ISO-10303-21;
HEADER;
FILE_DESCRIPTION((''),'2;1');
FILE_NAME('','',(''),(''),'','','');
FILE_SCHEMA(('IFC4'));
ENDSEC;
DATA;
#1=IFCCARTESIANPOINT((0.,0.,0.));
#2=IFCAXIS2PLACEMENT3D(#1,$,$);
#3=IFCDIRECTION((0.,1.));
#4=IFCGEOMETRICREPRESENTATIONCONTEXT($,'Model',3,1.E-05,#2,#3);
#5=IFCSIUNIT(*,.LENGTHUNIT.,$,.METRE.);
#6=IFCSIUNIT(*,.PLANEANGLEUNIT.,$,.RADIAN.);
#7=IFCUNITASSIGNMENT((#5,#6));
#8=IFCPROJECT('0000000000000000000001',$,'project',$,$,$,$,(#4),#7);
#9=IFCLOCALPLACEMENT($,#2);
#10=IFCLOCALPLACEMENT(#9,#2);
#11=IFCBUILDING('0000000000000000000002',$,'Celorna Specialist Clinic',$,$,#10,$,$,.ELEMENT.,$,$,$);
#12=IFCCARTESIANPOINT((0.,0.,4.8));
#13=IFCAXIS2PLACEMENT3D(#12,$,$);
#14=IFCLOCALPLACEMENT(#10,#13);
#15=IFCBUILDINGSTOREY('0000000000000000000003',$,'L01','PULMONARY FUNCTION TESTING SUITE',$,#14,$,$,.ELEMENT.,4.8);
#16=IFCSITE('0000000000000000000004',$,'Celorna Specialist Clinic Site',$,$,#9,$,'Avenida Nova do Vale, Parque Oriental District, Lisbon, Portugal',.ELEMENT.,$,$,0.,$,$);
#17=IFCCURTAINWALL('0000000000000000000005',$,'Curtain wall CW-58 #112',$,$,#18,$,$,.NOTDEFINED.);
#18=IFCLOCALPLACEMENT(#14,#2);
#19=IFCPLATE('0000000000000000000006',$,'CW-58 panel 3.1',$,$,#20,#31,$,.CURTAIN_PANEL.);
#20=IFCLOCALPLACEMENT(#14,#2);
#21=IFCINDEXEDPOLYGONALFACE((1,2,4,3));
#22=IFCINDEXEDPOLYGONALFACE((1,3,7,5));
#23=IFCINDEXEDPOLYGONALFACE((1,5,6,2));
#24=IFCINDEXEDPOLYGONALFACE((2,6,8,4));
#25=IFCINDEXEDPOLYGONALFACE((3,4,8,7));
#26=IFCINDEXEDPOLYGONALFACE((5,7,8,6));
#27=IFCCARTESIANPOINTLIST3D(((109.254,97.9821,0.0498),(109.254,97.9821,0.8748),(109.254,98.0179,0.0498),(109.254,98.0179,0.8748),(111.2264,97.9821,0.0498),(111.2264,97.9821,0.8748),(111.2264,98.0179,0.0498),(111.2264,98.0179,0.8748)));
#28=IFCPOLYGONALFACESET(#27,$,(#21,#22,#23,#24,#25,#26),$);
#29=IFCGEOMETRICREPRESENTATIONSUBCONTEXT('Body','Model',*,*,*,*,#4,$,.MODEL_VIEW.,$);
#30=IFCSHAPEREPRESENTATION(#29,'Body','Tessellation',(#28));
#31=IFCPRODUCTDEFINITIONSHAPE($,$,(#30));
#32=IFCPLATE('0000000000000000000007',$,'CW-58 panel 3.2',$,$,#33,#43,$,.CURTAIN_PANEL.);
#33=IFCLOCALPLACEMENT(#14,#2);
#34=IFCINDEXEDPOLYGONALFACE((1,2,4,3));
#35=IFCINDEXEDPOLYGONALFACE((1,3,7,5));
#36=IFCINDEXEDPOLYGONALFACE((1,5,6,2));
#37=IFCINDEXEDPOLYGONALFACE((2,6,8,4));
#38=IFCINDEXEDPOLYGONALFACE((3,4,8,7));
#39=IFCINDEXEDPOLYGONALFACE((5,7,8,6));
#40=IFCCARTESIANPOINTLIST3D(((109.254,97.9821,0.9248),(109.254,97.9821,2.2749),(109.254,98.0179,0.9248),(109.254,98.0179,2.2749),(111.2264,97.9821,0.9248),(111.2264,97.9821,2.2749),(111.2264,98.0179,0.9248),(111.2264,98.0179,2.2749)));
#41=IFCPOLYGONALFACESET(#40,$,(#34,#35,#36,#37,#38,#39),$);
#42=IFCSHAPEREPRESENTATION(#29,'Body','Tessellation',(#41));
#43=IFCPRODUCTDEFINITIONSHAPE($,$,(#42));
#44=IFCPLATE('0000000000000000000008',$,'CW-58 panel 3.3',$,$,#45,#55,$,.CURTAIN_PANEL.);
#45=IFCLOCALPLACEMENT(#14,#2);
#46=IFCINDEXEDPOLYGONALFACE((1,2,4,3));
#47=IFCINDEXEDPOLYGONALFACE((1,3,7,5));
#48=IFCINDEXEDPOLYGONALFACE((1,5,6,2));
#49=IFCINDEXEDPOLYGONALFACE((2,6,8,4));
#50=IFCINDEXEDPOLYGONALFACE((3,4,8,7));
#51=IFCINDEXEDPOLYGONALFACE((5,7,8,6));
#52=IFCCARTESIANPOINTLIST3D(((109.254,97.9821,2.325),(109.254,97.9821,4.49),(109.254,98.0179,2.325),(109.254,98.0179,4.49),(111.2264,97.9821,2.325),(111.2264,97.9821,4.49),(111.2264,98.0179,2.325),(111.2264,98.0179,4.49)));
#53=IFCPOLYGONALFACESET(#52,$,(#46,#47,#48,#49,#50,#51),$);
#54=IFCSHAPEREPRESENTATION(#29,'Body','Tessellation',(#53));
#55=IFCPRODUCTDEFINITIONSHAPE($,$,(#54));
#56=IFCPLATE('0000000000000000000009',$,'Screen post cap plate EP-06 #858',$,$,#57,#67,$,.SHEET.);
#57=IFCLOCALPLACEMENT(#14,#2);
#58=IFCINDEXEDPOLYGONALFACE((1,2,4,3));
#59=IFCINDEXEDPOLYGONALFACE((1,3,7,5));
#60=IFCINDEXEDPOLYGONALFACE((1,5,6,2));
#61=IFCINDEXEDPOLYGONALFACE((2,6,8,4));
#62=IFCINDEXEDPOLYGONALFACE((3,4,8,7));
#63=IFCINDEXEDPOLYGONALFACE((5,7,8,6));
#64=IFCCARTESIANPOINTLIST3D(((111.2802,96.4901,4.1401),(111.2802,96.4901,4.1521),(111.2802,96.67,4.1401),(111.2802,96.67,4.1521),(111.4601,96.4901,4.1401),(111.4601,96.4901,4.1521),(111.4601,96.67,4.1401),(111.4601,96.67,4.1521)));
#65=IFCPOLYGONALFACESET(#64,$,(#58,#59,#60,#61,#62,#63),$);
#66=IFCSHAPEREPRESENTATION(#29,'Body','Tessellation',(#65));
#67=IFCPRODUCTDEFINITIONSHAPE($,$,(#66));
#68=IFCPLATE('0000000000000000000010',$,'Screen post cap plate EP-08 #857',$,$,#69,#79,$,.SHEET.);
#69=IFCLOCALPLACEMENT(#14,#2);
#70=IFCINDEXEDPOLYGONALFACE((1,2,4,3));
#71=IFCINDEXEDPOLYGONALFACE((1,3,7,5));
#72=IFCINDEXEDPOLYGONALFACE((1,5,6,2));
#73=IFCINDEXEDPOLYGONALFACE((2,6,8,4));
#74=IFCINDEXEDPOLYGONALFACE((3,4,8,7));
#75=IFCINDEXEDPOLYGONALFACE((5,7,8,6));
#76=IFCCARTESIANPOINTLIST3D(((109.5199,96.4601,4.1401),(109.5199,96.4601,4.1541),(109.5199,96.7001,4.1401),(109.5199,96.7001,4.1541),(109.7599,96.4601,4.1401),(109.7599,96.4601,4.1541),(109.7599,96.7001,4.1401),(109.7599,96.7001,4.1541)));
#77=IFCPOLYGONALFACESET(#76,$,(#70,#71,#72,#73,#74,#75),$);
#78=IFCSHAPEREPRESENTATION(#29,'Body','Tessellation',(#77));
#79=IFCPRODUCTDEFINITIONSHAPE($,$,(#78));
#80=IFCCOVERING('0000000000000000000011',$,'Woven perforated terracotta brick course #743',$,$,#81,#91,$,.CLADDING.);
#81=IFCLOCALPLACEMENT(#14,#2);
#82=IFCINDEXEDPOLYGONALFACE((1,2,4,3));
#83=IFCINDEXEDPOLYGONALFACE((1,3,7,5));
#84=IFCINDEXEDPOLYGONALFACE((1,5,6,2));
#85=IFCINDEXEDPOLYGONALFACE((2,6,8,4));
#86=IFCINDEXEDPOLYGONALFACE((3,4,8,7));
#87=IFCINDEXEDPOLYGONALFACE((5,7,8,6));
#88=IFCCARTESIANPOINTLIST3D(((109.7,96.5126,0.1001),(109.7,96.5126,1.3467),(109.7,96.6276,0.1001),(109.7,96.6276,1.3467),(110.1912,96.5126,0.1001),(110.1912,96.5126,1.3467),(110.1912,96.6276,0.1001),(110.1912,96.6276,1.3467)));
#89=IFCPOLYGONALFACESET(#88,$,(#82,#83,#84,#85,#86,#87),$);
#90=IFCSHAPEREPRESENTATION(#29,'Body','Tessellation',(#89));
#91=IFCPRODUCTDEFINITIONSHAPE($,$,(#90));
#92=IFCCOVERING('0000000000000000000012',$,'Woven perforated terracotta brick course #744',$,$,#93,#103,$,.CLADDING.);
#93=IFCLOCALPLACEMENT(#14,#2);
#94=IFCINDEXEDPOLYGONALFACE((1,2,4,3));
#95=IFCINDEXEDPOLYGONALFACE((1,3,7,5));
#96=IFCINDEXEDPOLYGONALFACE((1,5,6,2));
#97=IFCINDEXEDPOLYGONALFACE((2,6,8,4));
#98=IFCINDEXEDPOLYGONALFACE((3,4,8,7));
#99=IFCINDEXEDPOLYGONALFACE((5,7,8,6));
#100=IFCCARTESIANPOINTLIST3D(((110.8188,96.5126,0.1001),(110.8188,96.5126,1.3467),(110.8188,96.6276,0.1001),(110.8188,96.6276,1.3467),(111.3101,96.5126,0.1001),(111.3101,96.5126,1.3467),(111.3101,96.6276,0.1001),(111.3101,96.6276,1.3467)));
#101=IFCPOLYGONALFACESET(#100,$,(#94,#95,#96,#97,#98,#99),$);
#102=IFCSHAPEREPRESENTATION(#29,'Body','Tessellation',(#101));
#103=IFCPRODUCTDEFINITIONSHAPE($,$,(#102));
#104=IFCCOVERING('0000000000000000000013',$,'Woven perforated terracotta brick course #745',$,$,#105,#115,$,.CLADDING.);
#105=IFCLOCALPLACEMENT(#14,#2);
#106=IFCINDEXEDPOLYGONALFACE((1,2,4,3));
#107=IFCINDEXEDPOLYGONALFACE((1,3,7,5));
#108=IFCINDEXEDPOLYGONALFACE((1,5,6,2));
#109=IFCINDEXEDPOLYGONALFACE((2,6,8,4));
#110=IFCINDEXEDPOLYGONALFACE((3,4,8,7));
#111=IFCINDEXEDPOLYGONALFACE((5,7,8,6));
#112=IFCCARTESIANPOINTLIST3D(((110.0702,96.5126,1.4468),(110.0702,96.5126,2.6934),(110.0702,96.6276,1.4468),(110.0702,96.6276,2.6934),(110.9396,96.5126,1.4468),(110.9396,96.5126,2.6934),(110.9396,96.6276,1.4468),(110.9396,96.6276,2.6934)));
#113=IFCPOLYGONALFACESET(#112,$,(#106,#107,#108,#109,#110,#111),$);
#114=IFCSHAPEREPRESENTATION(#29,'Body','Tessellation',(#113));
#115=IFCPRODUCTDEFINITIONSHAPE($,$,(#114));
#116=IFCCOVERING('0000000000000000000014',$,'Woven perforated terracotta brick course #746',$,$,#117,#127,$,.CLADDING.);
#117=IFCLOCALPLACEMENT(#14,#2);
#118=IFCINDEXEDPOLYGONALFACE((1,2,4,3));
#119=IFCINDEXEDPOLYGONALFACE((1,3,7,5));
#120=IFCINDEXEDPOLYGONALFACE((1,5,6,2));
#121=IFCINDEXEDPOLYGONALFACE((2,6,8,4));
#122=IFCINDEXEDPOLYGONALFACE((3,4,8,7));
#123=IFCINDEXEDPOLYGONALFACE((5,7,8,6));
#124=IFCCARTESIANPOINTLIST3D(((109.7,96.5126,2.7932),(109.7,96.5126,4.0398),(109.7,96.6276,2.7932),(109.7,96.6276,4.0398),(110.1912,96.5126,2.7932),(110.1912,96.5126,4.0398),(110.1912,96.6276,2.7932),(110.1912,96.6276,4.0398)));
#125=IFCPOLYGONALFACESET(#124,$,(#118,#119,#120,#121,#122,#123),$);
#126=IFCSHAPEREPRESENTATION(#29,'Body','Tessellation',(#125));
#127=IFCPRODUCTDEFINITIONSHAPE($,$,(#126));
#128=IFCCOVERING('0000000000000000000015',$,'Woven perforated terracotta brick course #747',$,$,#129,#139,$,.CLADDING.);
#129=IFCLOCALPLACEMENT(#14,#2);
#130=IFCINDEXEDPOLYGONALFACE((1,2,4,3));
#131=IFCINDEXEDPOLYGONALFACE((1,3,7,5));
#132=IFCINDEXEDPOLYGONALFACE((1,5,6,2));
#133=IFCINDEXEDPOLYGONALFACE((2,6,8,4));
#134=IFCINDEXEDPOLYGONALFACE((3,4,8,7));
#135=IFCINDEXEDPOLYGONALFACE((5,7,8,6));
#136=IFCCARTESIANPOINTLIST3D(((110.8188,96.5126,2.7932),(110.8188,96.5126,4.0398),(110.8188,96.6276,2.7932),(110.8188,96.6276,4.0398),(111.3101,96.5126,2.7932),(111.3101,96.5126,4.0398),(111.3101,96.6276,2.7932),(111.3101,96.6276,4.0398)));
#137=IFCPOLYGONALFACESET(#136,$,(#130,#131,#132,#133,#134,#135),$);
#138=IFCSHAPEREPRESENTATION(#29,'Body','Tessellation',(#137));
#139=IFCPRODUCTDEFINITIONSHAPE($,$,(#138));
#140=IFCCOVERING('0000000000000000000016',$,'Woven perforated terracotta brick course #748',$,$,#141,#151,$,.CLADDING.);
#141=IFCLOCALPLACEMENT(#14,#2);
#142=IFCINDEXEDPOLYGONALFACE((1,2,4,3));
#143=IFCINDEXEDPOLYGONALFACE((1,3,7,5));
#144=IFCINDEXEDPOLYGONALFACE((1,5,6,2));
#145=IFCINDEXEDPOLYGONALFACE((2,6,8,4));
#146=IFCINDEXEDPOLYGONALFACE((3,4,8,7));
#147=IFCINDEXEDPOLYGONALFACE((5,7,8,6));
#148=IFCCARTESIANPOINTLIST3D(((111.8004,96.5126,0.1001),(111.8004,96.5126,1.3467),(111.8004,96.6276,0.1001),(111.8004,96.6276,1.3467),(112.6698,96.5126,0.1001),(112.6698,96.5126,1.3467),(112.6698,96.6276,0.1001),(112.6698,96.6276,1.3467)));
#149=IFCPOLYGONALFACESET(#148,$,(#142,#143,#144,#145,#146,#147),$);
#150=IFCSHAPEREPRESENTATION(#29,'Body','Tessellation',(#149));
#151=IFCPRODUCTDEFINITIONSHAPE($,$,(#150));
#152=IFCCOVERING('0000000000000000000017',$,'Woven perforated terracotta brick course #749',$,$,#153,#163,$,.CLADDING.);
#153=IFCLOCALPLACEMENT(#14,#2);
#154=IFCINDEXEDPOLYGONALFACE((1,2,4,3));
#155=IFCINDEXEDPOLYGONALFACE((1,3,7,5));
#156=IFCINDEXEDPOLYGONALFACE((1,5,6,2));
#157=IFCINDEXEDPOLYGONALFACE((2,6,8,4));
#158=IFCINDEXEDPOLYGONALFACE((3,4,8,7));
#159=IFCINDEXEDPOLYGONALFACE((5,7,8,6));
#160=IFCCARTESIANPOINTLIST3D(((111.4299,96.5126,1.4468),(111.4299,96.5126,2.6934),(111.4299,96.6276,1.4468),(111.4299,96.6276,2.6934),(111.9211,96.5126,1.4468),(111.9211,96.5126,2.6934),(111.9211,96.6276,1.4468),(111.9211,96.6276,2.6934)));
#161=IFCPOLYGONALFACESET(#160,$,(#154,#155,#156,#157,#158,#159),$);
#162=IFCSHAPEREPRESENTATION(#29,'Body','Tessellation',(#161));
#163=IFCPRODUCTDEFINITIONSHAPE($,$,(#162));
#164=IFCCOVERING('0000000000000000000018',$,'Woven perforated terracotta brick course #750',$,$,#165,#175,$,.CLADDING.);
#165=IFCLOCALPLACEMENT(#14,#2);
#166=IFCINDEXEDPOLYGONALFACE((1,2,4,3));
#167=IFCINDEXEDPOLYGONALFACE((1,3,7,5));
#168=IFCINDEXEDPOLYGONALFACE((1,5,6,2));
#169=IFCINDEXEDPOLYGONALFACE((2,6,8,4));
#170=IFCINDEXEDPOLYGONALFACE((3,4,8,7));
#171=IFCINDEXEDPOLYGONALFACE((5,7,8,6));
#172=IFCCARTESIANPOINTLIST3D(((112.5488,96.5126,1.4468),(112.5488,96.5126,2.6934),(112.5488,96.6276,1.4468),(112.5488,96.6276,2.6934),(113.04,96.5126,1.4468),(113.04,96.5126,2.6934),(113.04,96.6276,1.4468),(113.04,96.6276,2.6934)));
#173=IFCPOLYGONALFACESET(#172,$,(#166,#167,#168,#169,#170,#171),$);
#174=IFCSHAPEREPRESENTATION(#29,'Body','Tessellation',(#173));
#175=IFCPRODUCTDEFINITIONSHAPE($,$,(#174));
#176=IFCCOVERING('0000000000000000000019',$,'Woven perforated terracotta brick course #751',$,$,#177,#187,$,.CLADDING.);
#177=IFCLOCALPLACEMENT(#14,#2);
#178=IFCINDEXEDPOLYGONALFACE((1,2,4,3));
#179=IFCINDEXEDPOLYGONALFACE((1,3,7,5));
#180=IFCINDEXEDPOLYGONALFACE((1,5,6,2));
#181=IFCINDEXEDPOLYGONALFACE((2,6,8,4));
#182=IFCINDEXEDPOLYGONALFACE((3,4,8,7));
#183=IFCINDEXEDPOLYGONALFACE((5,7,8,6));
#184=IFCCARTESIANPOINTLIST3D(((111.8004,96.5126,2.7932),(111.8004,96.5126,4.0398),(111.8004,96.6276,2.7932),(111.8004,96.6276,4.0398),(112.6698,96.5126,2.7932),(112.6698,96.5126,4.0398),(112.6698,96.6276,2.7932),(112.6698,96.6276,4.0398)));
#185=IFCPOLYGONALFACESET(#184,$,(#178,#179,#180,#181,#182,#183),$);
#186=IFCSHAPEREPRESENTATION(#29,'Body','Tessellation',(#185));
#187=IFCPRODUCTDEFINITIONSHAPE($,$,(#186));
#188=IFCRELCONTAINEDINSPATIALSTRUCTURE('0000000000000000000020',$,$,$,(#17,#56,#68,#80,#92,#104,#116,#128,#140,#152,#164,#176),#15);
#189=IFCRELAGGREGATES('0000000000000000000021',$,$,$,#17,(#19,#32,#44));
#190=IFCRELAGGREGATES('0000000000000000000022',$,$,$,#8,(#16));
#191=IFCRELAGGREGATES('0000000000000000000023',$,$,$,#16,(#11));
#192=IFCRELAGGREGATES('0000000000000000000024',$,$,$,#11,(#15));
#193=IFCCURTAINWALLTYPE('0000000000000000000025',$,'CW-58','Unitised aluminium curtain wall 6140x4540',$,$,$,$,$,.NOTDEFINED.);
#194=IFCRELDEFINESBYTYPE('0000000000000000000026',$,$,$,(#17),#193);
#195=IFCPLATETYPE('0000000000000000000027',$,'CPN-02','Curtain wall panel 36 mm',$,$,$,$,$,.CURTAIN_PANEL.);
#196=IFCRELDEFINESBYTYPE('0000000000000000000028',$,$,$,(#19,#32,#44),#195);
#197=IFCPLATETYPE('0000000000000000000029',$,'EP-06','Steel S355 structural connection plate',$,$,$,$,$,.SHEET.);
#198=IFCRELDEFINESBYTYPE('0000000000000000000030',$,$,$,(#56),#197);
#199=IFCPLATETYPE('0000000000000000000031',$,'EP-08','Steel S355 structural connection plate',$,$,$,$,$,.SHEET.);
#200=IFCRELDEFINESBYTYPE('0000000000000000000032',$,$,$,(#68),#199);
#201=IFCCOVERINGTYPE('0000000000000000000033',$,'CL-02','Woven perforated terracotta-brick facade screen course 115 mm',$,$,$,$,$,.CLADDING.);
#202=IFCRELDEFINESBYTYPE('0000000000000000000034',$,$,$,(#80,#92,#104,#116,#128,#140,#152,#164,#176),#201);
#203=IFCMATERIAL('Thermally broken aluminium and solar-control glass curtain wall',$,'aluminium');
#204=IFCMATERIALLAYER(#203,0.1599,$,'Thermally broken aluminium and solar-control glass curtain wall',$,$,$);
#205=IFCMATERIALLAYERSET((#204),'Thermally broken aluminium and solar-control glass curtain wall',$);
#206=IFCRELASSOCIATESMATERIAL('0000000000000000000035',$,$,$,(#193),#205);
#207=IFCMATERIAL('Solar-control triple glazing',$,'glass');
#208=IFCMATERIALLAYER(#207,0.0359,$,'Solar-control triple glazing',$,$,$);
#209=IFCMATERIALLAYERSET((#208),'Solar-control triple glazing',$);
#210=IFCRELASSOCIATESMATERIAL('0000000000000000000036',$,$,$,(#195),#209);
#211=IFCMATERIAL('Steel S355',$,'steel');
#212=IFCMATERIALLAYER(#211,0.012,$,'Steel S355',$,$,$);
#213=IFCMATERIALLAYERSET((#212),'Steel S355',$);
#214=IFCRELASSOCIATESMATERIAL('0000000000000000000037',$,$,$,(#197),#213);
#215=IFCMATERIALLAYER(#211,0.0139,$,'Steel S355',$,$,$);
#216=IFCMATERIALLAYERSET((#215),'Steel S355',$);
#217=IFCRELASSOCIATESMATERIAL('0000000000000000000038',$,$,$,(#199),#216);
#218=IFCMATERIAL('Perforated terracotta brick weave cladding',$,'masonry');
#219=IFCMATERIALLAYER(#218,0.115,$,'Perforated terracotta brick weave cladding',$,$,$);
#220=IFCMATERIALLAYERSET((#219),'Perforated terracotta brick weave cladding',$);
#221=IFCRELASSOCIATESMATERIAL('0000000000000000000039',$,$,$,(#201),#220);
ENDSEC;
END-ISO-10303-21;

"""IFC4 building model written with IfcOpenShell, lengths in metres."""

from ifc_helpers import new_model, si_unit, direction, frame, origin, origin_2d, place, context, subcontext, project, spatial, rectangle, extrude, material, layer, layer_set, type_object, element, aggregate, save


model = new_model("IFC4")

# Units and contexts
model_context = context("Model", 3, precision=1e-05, world=origin(), true_north=direction((0.0, 1.0)))
body_context = subcontext(model_context, "Body", "Model", "MODEL_VIEW")
ifc_project = project(units=[si_unit("LENGTHUNIT", "METRE"), si_unit("PLANEANGLEUNIT", "RADIAN")], contexts=[model_context])

# Site, building, storey
site_placement = place(None, origin())
site = spatial("IfcSite", under=ifc_project, at=site_placement, Name="Celorna Specialist Clinic Site", LongName="Avenida Nova do Vale, Parque Oriental District, Lisbon, Portugal", CompositionType="ELEMENT", RefElevation=0.0)
building_placement = place(site_placement, origin())
building = spatial("IfcBuilding", under=site, at=building_placement, Name="Celorna Specialist Clinic", CompositionType="ELEMENT")
storey_placement = place(building_placement, frame((0.0, 0.0, 4.8)))
storey = spatial("IfcBuildingStorey", under=building, at=storey_placement, Name="L01", Description="PULMONARY FUNCTION TESTING SUITE", CompositionType="ELEMENT", Elevation=4.8)

# Shared definitions
ifc_material_1 = material(Name="Steel S355", Category="steel")

# Shared definitions
ifc_material_2 = material(Name="Thermally broken aluminium and solar-control glass curtain wall", Category="aluminium")

# Curtain wall
ifc_layer_1 = layer(ifc_material_2, 0.1599, Name="Thermally broken aluminium and solar-control glass curtain wall")
ifc_layer_set_1 = layer_set([ifc_layer_1], Name="Thermally broken aluminium and solar-control glass curtain wall")
curtain_wall_type_1 = type_object("IfcCurtainWallType", Name="CW-58", Description="Unitised aluminium curtain wall 6140x4540", PredefinedType="NOTDEFINED", material=ifc_layer_set_1)
curtain_wall_1_placement = place(storey_placement, origin())
curtain_wall_1 = element("IfcCurtainWall", 1, at=curtain_wall_1_placement, inside=storey, type_object=curtain_wall_type_1, Name="Curtain wall CW-58 #112", PredefinedType="NOTDEFINED")

# Plates
ifc_material_3 = material(Name="Solar-control triple glazing", Category="glass")
ifc_layer_2 = layer(ifc_material_3, 0.0359, Name="Solar-control triple glazing")
ifc_layer_set_2 = layer_set([ifc_layer_2], Name="Solar-control triple glazing")
plate_type_1 = type_object("IfcPlateType", Name="CPN-02", Description="Curtain wall panel 36 mm", PredefinedType="CURTAIN_PANEL", material=ifc_layer_set_2)
plate_1_placement = place(storey_placement, frame((110.2402, 98.0, 0.0498), z_axis=(0.0, 0.0, 1.0), x_axis=(-1.0, 0.0, 0.0)))
plate_1 = element("IfcPlate", 2, at=plate_1_placement, type_object=plate_type_1, Name="CW-58 panel 3.1", PredefinedType="CURTAIN_PANEL", context=body_context, shape_type="SweptSolid", body=[
    extrude(rectangle(XDim=1.9724, YDim=0.0359, at=origin_2d()), origin(), (0.0, 0.0, 1.0), 0.825),
])
plate_2_placement = place(storey_placement, frame((110.2402, 98.0, 0.9248), z_axis=(0.0, 0.0, 1.0), x_axis=(-1.0, 0.0, 0.0)))
plate_2 = element("IfcPlate", 3, at=plate_2_placement, type_object=plate_type_1, Name="CW-58 panel 3.2", PredefinedType="CURTAIN_PANEL", context=body_context, shape_type="SweptSolid", body=[
    extrude(rectangle(XDim=1.9724, YDim=0.0359, at=origin_2d()), origin(), (0.0, 0.0, 1.0), 1.3501),
])
plate_3_placement = place(storey_placement, frame((110.2402, 98.0, 2.325), z_axis=(0.0, 0.0, 1.0), x_axis=(-1.0, 0.0, 0.0)))
plate_3 = element("IfcPlate", 4, at=plate_3_placement, type_object=plate_type_1, Name="CW-58 panel 3.3", PredefinedType="CURTAIN_PANEL", context=body_context, shape_type="SweptSolid", body=[
    extrude(rectangle(XDim=1.9724, YDim=0.0359, at=origin_2d()), origin(), (0.0, 0.0, 1.0), 2.165),
])
aggregate(curtain_wall_1, [plate_1, plate_2, plate_3])

# Plates
ifc_layer_3 = layer(ifc_material_1, 0.012, Name="Steel S355")
ifc_layer_set_3 = layer_set([ifc_layer_3], Name="Steel S355")
plate_type_2 = type_object("IfcPlateType", Name="EP-06", Description="Steel S355 structural connection plate", PredefinedType="SHEET", material=ifc_layer_set_3)
plate_4_placement = place(storey_placement, frame((111.3701, 96.5801, 4.1401), z_axis=(0.0, 0.0, 1.0), x_axis=(1.0, 0.0, 0.0)))
element("IfcPlate", 5, at=plate_4_placement, inside=storey, type_object=plate_type_2, Name="Screen post cap plate EP-06 #858", PredefinedType="SHEET", context=body_context, shape_type="SweptSolid", body=[
    extrude(rectangle(XDim=0.1799, YDim=0.1799, at=origin_2d()), origin(), (0.0, 0.0, 1.0), 0.012),
])
ifc_layer_4 = layer(ifc_material_1, 0.0139, Name="Steel S355")
ifc_layer_set_4 = layer_set([ifc_layer_4], Name="Steel S355")
plate_type_3 = type_object("IfcPlateType", Name="EP-08", Description="Steel S355 structural connection plate", PredefinedType="SHEET", material=ifc_layer_set_4)
plate_5_placement = place(storey_placement, frame((109.6399, 96.5801, 4.1401), z_axis=(0.0, 0.0, 1.0), x_axis=(1.0, 0.0, 0.0)))
element("IfcPlate", 6, at=plate_5_placement, inside=storey, type_object=plate_type_3, Name="Screen post cap plate EP-08 #857", PredefinedType="SHEET", context=body_context, shape_type="SweptSolid", body=[
    extrude(rectangle(XDim=0.24, YDim=0.24, at=origin_2d()), origin(), (0.0, 0.0, 1.0), 0.0139),
])

# Coverings
ifc_material_4 = material(Name="Perforated terracotta brick weave cladding", Category="masonry")
ifc_layer_5 = layer(ifc_material_4, 0.115, Name="Perforated terracotta brick weave cladding")
ifc_layer_set_5 = layer_set([ifc_layer_5], Name="Perforated terracotta brick weave cladding")
covering_type = type_object("IfcCoveringType", Name="CL-02", Description="Woven perforated terracotta-brick facade screen course 115 mm", PredefinedType="CLADDING", material=ifc_layer_set_5)
for number, where, z_axis, x_axis, name in (
    (7, (109.9456, 96.5701, 0.1001), (0.0, 0.0, 1.0), (1.0, 0.0, 0.0), "Woven perforated terracotta brick course #743"),
    (8, (111.0645, 96.5701, 0.1001), (0.0, 0.0, 1.0), (1.0, 0.0, 0.0), "Woven perforated terracotta brick course #744"),
):
    element("IfcCovering", number, at=place(storey_placement, frame(where, z_axis=z_axis, x_axis=x_axis)), inside=storey, type_object=covering_type, Name=name, PredefinedType="CLADDING", context=body_context, shape_type="SweptSolid", body=[
        extrude(rectangle(XDim=0.4912, YDim=0.115, at=origin_2d()), origin(), (0.0, 0.0, 1.0), 1.2466),
    ])
covering_1_placement = place(storey_placement, frame((110.5049, 96.5701, 1.4468), z_axis=(0.0, 0.0, 1.0), x_axis=(1.0, 0.0, 0.0)))
element("IfcCovering", 9, at=covering_1_placement, inside=storey, type_object=covering_type, Name="Woven perforated terracotta brick course #745", PredefinedType="CLADDING", context=body_context, shape_type="SweptSolid", body=[
    extrude(rectangle(XDim=0.8694, YDim=0.115, at=origin_2d()), origin(), (0.0, 0.0, 1.0), 1.2466),
])
for number, where, z_axis, x_axis, name in (
    (10, (109.9456, 96.5701, 2.7932), (0.0, 0.0, 1.0), (1.0, 0.0, 0.0), "Woven perforated terracotta brick course #746"),
    (11, (111.0645, 96.5701, 2.7932), (0.0, 0.0, 1.0), (1.0, 0.0, 0.0), "Woven perforated terracotta brick course #747"),
):
    element("IfcCovering", number, at=place(storey_placement, frame(where, z_axis=z_axis, x_axis=x_axis)), inside=storey, type_object=covering_type, Name=name, PredefinedType="CLADDING", context=body_context, shape_type="SweptSolid", body=[
        extrude(rectangle(XDim=0.4912, YDim=0.115, at=origin_2d()), origin(), (0.0, 0.0, 1.0), 1.2466),
    ])
covering_2_placement = place(storey_placement, frame((112.2351, 96.5701, 0.1001), z_axis=(0.0, 0.0, 1.0), x_axis=(1.0, 0.0, 0.0)))
element("IfcCovering", 12, at=covering_2_placement, inside=storey, type_object=covering_type, Name="Woven perforated terracotta brick course #748", PredefinedType="CLADDING", context=body_context, shape_type="SweptSolid", body=[
    extrude(rectangle(XDim=0.8694, YDim=0.115, at=origin_2d()), origin(), (0.0, 0.0, 1.0), 1.2466),
])
for number, where, z_axis, x_axis, name in (
    (13, (111.6755, 96.5701, 1.4468), (0.0, 0.0, 1.0), (1.0, 0.0, 0.0), "Woven perforated terracotta brick course #749"),
    (14, (112.7944, 96.5701, 1.4468), (0.0, 0.0, 1.0), (1.0, 0.0, 0.0), "Woven perforated terracotta brick course #750"),
):
    element("IfcCovering", number, at=place(storey_placement, frame(where, z_axis=z_axis, x_axis=x_axis)), inside=storey, type_object=covering_type, Name=name, PredefinedType="CLADDING", context=body_context, shape_type="SweptSolid", body=[
        extrude(rectangle(XDim=0.4912, YDim=0.115, at=origin_2d()), origin(), (0.0, 0.0, 1.0), 1.2466),
    ])
covering_3_placement = place(storey_placement, frame((112.2351, 96.5701, 2.7932), z_axis=(0.0, 0.0, 1.0), x_axis=(1.0, 0.0, 0.0)))
element("IfcCovering", 15, at=covering_3_placement, inside=storey, type_object=covering_type, Name="Woven perforated terracotta brick course #751", PredefinedType="CLADDING", context=body_context, shape_type="SweptSolid", body=[
    extrude(rectangle(XDim=0.8694, YDim=0.115, at=origin_2d()), origin(), (0.0, 0.0, 1.0), 1.2466),
])

save(model, "model.ifc")
